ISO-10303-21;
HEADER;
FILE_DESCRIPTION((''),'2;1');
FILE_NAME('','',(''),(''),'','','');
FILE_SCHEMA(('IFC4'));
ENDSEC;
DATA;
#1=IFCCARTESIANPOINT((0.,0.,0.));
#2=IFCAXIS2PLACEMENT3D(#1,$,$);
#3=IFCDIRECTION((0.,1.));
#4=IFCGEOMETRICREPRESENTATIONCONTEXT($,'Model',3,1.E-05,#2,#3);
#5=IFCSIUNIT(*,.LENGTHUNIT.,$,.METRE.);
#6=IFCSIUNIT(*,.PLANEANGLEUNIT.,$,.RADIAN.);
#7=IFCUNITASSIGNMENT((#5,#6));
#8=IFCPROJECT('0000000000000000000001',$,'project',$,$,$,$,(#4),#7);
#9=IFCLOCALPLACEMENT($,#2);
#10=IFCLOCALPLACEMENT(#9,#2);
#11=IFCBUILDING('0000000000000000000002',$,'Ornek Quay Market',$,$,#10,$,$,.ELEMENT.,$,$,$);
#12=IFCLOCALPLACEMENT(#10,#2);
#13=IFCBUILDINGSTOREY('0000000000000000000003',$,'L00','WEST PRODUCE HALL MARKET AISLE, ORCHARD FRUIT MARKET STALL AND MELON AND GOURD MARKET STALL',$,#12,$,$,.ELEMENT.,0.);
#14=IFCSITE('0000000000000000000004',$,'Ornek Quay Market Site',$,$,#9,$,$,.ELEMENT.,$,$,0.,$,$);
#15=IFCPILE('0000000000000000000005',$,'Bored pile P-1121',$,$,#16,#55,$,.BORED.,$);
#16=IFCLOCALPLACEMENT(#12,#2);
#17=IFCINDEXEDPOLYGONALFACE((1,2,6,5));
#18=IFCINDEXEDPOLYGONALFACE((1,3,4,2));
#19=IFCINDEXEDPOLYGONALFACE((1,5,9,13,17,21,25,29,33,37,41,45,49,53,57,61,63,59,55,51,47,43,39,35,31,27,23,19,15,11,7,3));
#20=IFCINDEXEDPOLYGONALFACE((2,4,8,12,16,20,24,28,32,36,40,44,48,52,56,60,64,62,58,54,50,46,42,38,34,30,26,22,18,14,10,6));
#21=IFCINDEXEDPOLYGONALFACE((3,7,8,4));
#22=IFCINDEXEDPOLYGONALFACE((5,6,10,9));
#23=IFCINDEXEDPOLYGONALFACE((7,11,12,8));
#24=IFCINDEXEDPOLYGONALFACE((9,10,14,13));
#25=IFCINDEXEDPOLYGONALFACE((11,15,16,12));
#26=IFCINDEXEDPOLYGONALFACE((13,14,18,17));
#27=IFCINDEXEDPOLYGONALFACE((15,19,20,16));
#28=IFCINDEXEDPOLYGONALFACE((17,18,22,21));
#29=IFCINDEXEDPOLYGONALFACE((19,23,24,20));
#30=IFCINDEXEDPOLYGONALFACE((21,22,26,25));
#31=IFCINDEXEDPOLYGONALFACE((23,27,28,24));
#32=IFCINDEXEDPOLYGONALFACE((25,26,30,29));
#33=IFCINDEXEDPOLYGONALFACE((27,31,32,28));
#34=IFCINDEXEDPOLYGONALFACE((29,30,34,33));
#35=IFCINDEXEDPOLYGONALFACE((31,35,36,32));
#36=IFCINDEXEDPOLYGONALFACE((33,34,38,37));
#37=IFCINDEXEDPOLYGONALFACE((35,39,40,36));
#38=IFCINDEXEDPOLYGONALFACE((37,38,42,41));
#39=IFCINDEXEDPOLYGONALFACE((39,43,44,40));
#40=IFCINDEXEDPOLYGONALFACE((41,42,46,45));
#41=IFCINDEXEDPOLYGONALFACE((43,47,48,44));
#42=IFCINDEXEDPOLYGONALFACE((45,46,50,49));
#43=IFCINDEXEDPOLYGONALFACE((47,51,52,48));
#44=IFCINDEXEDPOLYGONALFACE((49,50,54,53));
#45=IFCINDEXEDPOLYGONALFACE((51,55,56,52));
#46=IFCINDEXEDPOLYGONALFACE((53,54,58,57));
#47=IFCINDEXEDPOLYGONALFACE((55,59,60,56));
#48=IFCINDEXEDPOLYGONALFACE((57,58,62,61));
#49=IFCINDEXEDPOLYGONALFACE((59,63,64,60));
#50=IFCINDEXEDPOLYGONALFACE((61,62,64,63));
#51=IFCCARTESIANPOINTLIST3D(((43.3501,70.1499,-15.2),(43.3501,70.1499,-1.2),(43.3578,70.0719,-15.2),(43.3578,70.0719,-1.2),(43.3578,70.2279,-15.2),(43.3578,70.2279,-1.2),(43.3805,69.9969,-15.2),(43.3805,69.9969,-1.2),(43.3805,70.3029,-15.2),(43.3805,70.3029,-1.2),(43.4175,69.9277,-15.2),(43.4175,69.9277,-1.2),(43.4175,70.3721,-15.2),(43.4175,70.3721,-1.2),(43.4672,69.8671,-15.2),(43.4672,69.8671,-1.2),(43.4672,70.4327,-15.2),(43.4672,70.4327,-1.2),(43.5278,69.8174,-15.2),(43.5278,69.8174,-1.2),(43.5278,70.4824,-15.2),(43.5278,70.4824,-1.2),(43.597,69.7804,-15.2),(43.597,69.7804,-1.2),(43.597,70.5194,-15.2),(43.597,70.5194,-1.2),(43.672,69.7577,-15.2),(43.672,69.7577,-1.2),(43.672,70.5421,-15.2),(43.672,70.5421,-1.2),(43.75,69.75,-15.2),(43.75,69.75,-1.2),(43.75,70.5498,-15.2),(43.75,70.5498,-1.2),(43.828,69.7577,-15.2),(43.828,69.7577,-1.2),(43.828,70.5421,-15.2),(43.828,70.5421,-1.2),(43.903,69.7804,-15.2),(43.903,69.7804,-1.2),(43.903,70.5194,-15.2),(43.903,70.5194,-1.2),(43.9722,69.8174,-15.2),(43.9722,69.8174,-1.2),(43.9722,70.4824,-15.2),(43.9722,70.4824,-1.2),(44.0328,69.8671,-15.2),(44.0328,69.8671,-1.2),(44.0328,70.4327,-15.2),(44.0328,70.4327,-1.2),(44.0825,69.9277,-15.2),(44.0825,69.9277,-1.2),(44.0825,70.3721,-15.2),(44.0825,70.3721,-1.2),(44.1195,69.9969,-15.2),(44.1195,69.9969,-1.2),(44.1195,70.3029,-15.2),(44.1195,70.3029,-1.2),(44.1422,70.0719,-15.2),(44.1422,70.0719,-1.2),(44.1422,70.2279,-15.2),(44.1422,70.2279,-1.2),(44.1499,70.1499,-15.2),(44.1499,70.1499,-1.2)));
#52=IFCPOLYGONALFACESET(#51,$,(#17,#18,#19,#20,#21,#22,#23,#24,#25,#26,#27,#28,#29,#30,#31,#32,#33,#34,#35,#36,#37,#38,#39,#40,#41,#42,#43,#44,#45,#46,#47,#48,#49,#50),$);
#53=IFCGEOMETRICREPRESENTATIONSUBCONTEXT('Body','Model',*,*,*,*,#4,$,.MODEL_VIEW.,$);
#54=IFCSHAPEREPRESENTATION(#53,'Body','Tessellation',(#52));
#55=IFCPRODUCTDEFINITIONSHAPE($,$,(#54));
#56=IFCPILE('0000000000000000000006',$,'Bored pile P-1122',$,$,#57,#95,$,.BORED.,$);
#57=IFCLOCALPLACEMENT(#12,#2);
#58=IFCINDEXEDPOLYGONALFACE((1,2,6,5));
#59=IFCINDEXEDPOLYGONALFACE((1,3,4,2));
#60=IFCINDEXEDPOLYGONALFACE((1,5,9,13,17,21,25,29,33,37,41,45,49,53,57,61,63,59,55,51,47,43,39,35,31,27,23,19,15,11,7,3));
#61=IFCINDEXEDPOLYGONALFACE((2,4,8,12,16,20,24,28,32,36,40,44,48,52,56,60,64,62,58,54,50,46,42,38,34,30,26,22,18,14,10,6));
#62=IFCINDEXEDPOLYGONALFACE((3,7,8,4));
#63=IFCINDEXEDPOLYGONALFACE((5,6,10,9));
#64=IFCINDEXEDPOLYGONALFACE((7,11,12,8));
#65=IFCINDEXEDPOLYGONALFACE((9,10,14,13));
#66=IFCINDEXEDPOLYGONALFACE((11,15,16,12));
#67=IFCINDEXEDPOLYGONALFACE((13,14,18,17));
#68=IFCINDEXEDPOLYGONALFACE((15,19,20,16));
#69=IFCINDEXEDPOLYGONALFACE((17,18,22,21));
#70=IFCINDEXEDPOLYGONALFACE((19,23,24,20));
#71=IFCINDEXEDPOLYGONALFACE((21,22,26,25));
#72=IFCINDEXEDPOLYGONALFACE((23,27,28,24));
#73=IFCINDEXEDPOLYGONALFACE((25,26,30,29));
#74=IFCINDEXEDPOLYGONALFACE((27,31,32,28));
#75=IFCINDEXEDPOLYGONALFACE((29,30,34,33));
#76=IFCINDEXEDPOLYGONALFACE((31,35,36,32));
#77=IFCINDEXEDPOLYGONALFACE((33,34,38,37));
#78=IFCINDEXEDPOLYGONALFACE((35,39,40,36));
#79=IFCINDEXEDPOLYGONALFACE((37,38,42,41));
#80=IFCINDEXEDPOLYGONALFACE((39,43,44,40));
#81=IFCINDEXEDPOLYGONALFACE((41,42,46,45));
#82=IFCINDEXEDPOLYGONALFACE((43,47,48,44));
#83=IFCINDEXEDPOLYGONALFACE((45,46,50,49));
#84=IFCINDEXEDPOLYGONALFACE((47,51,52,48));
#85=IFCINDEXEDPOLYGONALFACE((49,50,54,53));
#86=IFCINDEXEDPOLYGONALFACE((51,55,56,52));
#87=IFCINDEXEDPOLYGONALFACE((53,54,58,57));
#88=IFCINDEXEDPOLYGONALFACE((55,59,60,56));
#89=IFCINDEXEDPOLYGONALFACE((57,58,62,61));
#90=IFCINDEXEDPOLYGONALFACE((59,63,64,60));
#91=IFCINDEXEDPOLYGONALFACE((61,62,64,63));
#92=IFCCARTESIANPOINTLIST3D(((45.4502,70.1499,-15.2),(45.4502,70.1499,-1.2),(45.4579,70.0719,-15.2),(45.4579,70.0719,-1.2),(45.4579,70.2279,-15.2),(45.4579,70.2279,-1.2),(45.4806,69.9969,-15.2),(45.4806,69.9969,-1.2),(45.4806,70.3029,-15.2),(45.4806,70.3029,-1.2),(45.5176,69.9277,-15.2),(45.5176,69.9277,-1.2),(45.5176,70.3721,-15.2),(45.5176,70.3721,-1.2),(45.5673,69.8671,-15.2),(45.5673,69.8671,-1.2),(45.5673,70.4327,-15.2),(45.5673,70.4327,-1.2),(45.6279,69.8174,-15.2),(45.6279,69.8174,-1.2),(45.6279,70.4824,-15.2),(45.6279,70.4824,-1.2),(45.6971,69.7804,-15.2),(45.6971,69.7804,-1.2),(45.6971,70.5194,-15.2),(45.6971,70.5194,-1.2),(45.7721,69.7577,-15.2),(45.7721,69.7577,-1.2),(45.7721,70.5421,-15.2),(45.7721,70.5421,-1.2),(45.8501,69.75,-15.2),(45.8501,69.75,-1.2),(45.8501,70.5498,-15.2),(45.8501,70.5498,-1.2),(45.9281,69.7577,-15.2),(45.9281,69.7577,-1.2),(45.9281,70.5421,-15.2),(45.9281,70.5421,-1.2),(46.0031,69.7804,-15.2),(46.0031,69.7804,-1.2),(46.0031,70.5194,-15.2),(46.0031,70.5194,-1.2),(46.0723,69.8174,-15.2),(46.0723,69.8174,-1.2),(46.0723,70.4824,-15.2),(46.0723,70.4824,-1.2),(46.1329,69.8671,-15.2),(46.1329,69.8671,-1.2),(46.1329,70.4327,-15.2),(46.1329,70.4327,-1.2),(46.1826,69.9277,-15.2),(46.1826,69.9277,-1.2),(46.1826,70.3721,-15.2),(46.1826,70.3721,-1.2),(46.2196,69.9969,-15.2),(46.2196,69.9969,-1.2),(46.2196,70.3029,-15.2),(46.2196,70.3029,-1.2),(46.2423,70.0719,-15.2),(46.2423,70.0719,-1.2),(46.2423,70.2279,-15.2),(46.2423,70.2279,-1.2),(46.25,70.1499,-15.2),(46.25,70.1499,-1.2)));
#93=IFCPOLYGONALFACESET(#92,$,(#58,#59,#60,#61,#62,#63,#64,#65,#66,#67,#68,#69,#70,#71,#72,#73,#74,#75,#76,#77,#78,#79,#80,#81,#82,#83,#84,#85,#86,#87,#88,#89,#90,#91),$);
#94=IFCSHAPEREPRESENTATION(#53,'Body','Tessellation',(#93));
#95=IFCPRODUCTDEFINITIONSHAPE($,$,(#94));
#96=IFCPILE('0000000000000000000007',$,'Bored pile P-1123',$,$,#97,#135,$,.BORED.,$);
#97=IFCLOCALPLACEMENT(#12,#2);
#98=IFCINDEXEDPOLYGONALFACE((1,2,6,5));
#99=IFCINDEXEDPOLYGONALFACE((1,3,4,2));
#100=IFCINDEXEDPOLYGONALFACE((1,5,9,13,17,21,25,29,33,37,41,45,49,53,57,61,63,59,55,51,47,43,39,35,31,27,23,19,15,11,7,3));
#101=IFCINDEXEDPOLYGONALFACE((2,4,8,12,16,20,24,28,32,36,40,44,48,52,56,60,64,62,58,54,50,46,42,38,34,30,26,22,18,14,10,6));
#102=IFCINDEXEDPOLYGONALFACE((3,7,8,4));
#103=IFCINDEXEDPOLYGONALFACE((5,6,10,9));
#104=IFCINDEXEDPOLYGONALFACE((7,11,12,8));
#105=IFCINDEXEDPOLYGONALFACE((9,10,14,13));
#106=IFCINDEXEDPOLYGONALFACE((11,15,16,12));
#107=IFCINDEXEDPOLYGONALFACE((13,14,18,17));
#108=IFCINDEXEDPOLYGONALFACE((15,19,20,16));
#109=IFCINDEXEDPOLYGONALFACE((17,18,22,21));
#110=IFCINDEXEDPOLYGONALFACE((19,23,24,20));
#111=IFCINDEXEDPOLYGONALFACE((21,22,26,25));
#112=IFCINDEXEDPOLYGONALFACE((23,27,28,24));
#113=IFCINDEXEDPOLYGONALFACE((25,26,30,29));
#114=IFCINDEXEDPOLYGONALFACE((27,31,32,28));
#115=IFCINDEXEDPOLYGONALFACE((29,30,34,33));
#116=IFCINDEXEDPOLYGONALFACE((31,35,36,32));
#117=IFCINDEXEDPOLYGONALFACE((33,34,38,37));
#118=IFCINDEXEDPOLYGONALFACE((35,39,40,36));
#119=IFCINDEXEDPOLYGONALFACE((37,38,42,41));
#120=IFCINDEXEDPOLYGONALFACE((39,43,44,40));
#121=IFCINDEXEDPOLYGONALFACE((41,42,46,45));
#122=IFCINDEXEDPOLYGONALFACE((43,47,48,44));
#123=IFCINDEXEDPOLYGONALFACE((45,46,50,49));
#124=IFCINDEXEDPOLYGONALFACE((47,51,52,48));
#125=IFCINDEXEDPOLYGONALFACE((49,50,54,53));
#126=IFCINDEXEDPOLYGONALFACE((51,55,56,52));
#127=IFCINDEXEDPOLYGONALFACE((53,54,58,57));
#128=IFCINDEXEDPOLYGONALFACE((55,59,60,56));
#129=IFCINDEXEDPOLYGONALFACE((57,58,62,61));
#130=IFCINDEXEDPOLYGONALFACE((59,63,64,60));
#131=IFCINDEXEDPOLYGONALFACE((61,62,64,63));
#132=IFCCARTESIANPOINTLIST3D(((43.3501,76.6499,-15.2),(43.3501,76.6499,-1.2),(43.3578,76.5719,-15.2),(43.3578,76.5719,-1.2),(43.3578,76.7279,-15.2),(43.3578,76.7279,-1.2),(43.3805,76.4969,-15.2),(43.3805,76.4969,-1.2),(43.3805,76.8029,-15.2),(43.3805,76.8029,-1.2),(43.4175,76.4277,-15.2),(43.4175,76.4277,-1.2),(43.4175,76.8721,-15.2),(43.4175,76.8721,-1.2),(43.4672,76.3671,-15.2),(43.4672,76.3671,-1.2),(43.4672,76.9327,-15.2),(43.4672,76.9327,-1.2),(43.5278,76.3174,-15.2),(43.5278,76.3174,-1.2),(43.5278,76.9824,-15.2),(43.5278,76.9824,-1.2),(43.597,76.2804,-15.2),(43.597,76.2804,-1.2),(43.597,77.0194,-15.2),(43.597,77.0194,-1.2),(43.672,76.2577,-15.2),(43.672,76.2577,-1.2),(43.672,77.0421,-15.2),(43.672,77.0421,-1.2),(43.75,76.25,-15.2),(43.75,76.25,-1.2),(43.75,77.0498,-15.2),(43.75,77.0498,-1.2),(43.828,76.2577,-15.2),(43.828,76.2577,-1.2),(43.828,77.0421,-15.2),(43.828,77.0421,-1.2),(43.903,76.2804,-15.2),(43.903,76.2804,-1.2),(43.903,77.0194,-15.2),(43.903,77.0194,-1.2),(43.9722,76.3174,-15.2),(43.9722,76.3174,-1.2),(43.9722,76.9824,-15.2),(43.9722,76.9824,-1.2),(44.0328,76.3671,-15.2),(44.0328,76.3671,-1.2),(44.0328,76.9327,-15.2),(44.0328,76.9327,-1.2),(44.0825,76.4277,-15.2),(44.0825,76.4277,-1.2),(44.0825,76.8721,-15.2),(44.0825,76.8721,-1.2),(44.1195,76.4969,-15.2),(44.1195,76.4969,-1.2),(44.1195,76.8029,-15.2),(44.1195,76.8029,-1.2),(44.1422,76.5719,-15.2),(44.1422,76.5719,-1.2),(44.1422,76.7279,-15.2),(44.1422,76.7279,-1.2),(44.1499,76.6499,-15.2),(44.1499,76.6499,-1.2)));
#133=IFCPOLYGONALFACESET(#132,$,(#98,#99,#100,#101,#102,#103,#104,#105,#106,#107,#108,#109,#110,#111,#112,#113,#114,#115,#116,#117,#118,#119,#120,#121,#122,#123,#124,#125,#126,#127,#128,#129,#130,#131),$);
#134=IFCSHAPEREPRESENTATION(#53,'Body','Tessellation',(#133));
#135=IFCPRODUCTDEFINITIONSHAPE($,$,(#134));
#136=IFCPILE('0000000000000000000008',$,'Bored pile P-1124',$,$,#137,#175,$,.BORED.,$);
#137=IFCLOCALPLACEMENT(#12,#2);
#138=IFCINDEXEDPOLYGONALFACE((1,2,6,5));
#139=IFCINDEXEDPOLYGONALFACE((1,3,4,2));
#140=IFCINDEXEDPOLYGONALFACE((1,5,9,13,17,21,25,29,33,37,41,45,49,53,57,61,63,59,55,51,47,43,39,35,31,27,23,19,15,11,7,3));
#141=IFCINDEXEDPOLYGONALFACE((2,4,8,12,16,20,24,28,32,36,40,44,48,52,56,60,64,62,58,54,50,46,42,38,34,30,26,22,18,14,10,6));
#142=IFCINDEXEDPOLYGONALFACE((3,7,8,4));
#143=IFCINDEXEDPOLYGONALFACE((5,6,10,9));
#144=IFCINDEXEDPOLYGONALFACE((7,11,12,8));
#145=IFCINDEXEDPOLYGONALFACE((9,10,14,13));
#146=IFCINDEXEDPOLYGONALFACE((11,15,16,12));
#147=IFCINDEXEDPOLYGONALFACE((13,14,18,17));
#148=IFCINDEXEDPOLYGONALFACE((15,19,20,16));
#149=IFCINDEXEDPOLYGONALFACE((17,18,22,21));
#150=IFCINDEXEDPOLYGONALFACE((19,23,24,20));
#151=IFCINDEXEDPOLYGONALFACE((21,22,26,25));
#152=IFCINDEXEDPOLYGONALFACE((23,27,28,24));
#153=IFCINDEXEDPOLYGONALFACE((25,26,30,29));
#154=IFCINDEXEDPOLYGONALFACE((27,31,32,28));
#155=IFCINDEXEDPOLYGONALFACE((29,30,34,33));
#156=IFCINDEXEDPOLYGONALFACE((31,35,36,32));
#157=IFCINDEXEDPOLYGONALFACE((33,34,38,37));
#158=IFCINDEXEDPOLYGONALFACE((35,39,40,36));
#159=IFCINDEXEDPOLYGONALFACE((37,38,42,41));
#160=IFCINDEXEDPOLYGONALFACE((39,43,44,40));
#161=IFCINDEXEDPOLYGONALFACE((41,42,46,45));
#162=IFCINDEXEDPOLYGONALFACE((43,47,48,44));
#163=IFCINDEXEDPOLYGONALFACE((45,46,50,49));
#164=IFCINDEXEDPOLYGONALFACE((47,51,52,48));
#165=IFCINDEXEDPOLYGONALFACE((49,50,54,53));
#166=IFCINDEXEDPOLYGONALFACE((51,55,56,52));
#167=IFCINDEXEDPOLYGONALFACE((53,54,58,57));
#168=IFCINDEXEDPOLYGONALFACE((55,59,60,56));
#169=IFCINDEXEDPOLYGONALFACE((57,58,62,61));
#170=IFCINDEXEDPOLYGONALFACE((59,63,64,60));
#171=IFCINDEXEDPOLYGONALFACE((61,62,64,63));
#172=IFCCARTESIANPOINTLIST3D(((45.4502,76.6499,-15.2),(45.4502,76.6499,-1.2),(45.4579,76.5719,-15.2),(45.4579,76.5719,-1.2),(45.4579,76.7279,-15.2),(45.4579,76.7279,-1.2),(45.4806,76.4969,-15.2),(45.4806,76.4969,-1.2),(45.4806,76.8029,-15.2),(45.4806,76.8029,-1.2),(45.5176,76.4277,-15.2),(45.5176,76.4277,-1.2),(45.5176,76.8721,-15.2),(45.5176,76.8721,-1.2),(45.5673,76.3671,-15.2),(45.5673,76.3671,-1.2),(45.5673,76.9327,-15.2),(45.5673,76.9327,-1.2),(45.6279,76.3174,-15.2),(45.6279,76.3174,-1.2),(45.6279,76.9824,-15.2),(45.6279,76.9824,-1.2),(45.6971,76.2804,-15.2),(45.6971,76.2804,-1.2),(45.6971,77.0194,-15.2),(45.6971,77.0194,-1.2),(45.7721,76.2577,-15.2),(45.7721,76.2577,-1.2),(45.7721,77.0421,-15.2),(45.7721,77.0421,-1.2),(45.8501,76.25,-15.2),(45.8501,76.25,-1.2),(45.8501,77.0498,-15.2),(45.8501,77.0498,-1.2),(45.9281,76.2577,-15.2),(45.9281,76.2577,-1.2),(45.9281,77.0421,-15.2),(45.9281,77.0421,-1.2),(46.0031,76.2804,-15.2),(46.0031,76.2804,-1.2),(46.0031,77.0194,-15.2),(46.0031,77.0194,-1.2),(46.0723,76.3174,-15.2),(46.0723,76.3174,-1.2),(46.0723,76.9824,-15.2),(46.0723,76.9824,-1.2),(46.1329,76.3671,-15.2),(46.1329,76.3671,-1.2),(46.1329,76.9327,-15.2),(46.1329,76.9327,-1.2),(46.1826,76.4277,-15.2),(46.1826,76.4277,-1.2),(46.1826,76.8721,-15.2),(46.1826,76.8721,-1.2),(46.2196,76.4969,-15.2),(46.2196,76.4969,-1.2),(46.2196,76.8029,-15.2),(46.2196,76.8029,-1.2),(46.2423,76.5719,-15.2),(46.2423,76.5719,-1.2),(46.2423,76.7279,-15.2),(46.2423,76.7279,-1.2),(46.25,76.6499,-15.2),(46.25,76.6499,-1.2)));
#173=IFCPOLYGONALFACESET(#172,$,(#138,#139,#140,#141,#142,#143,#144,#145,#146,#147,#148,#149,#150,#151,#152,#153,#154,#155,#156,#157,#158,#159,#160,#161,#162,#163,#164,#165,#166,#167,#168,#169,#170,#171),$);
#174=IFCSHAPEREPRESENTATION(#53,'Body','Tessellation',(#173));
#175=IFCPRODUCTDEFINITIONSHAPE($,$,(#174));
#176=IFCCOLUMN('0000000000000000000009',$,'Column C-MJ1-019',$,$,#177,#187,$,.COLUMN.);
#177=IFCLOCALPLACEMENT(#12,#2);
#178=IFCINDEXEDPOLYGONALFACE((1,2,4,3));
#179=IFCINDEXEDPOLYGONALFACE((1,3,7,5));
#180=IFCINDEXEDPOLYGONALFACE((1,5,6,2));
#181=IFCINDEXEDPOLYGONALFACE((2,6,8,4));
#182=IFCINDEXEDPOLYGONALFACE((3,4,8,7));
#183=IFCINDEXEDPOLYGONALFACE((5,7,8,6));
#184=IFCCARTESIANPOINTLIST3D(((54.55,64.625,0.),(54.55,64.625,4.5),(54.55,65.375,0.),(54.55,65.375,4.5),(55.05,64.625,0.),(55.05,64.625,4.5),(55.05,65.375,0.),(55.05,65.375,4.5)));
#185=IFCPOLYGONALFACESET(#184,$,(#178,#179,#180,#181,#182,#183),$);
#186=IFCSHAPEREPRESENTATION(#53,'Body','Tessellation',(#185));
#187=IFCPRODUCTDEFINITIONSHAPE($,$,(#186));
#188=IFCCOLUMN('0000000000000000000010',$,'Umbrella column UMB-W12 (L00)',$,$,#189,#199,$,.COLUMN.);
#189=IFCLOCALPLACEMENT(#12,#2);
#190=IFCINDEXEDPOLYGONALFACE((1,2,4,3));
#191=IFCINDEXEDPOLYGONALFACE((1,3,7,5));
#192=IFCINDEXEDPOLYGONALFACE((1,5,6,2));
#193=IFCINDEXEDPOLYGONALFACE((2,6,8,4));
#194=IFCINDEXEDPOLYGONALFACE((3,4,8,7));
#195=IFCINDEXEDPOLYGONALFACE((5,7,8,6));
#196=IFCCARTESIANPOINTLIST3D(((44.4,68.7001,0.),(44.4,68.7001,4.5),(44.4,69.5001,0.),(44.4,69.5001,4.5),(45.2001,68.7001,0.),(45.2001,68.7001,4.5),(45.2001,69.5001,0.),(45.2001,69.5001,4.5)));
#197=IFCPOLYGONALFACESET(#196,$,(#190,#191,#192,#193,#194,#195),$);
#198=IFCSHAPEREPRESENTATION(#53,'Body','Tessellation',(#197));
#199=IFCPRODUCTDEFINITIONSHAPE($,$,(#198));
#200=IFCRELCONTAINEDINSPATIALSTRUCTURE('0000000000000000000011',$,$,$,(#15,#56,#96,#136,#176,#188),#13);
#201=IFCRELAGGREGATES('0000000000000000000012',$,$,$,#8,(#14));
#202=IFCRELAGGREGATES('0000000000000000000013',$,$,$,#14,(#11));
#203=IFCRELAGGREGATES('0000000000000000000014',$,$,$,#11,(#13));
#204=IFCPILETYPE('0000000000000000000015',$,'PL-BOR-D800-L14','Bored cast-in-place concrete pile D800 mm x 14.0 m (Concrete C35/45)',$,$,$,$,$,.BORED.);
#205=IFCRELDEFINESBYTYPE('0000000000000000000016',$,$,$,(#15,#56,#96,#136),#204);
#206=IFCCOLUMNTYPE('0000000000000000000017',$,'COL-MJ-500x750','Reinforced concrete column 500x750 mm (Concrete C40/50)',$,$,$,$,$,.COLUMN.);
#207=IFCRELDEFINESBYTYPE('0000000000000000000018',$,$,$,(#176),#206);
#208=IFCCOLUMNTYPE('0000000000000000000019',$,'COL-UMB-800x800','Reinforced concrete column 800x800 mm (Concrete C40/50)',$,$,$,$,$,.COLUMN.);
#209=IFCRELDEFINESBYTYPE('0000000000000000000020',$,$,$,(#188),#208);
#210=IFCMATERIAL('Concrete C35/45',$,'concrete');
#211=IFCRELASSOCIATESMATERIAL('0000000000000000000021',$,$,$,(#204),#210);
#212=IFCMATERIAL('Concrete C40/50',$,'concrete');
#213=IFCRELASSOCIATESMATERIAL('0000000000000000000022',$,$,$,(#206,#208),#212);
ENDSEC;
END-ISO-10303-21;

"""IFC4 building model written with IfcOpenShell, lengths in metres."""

from ifc_helpers import new_model, si_unit, direction, frame, origin, origin_2d, place, context, subcontext, project, spatial, rectangle, circle, extrude, material, material_profile, profile_set, type_object, element, save


model = new_model("IFC4")

# Units and contexts
model_context = context("Model", 3, precision=1e-05, world=origin(), true_north=direction((0.0, 1.0)))
body_context = subcontext(model_context, "Body", "Model", "MODEL_VIEW")
ifc_project = project(units=[si_unit("LENGTHUNIT", "METRE"), si_unit("PLANEANGLEUNIT", "RADIAN")], contexts=[model_context])

# Site, building, storey
site_placement = place(None, origin())
site = spatial("IfcSite", under=ifc_project, at=site_placement, Name="Ornek Quay Market Site", CompositionType="ELEMENT", RefElevation=0.0)
building_placement = place(site_placement, origin())
building = spatial("IfcBuilding", under=site, at=building_placement, Name="Ornek Quay Market", CompositionType="ELEMENT")
storey_placement = place(building_placement, origin())
storey = spatial("IfcBuildingStorey", under=building, at=storey_placement, Name="L00", Description="WEST PRODUCE HALL MARKET AISLE, ORCHARD FRUIT MARKET STALL AND MELON AND GOURD MARKET STALL", CompositionType="ELEMENT", Elevation=0.0)

# Piles
ifc_material_1 = material(Name="Concrete C35/45", Category="concrete")
ifc_material_profile_1 = material_profile(ifc_material_1, circle(Radius=0.3999, at=origin_2d()), Name="PILE D800", Category="concrete")
ifc_profile_set_1 = profile_set([ifc_material_profile_1], Name="Concrete C35/45")
pile_type = type_object("IfcPileType", Name="PL-BOR-D800-L14", Description="Bored cast-in-place concrete pile D800 mm x 14.0 m (Concrete C35/45)", PredefinedType="BORED", material=ifc_profile_set_1)
for number, where, z_axis, x_axis, name in (
    (1, (43.75, 70.1499, -1.2), (0.0, 0.0, -1.0), (1.0, 0.0, 0.0), "Bored pile P-1121"),
    (2, (45.8501, 70.1499, -1.2), (0.0, 0.0, -1.0), (1.0, 0.0, 0.0), "Bored pile P-1122"),
    (3, (43.75, 76.6499, -1.2), (0.0, 0.0, -1.0), (1.0, 0.0, 0.0), "Bored pile P-1123"),
    (4, (45.8501, 76.6499, -1.2), (0.0, 0.0, -1.0), (1.0, 0.0, 0.0), "Bored pile P-1124"),
):
    element("IfcPile", number, at=place(storey_placement, frame(where, z_axis=z_axis, x_axis=x_axis)), inside=storey, type_object=pile_type, Name=name, PredefinedType="BORED", context=body_context, shape_type="SweptSolid", body=[
        extrude(circle(Radius=0.3999, at=origin_2d()), origin(), (0.0, 0.0, 1.0), 14.0),
    ])

# Columns
ifc_material_2 = material(Name="Concrete C40/50", Category="concrete")
ifc_material_profile_2 = material_profile(ifc_material_2, rectangle(XDim=0.5, YDim=0.75, at=origin_2d()), Name="RC 500x750", Category="concrete")
ifc_profile_set_2 = profile_set([ifc_material_profile_2], Name="Concrete C40/50")
column_type_1 = type_object("IfcColumnType", Name="COL-MJ-500x750", Description="Reinforced concrete column 500x750 mm (Concrete C40/50)", PredefinedType="COLUMN", material=ifc_profile_set_2)
column_placement = place(storey_placement, frame((54.8, 65.0, 0.0), z_axis=(0.0, 0.0, 1.0), x_axis=(1.0, 0.0, 0.0)))
element("IfcColumn", 5, at=column_placement, inside=storey, type_object=column_type_1, Name="Column C-MJ1-019", PredefinedType="COLUMN", context=body_context, shape_type="SweptSolid", body=[
    extrude(rectangle(XDim=0.5, YDim=0.75, at=origin_2d()), origin(), (0.0, 0.0, 1.0), 4.5),
])
ifc_material_profile_3 = material_profile(ifc_material_2, rectangle(XDim=0.8, YDim=0.8, at=origin_2d()), Name="RC 800x800", Category="concrete")
ifc_profile_set_3 = profile_set([ifc_material_profile_3], Name="Concrete C40/50")
column_type_2 = type_object("IfcColumnType", Name="COL-UMB-800x800", Description="Reinforced concrete column 800x800 mm (Concrete C40/50)", PredefinedType="COLUMN", material=ifc_profile_set_3)
for number, where, z_axis, x_axis, name in (
    (6, (44.8, 69.1001, 0.0), (0.0, 0.0, 1.0), (1.0, 0.0, 0.0), "Umbrella column UMB-W12 (L00)"),
):
    element("IfcColumn", number, at=place(storey_placement, frame(where, z_axis=z_axis, x_axis=x_axis)), inside=storey, type_object=column_type_2, Name=name, PredefinedType="COLUMN", context=body_context, shape_type="SweptSolid", body=[
        extrude(rectangle(XDim=0.8, YDim=0.8, at=origin_2d()), origin(), (0.0, 0.0, 1.0), 4.5),
    ])

save(model, "model.ifc")
